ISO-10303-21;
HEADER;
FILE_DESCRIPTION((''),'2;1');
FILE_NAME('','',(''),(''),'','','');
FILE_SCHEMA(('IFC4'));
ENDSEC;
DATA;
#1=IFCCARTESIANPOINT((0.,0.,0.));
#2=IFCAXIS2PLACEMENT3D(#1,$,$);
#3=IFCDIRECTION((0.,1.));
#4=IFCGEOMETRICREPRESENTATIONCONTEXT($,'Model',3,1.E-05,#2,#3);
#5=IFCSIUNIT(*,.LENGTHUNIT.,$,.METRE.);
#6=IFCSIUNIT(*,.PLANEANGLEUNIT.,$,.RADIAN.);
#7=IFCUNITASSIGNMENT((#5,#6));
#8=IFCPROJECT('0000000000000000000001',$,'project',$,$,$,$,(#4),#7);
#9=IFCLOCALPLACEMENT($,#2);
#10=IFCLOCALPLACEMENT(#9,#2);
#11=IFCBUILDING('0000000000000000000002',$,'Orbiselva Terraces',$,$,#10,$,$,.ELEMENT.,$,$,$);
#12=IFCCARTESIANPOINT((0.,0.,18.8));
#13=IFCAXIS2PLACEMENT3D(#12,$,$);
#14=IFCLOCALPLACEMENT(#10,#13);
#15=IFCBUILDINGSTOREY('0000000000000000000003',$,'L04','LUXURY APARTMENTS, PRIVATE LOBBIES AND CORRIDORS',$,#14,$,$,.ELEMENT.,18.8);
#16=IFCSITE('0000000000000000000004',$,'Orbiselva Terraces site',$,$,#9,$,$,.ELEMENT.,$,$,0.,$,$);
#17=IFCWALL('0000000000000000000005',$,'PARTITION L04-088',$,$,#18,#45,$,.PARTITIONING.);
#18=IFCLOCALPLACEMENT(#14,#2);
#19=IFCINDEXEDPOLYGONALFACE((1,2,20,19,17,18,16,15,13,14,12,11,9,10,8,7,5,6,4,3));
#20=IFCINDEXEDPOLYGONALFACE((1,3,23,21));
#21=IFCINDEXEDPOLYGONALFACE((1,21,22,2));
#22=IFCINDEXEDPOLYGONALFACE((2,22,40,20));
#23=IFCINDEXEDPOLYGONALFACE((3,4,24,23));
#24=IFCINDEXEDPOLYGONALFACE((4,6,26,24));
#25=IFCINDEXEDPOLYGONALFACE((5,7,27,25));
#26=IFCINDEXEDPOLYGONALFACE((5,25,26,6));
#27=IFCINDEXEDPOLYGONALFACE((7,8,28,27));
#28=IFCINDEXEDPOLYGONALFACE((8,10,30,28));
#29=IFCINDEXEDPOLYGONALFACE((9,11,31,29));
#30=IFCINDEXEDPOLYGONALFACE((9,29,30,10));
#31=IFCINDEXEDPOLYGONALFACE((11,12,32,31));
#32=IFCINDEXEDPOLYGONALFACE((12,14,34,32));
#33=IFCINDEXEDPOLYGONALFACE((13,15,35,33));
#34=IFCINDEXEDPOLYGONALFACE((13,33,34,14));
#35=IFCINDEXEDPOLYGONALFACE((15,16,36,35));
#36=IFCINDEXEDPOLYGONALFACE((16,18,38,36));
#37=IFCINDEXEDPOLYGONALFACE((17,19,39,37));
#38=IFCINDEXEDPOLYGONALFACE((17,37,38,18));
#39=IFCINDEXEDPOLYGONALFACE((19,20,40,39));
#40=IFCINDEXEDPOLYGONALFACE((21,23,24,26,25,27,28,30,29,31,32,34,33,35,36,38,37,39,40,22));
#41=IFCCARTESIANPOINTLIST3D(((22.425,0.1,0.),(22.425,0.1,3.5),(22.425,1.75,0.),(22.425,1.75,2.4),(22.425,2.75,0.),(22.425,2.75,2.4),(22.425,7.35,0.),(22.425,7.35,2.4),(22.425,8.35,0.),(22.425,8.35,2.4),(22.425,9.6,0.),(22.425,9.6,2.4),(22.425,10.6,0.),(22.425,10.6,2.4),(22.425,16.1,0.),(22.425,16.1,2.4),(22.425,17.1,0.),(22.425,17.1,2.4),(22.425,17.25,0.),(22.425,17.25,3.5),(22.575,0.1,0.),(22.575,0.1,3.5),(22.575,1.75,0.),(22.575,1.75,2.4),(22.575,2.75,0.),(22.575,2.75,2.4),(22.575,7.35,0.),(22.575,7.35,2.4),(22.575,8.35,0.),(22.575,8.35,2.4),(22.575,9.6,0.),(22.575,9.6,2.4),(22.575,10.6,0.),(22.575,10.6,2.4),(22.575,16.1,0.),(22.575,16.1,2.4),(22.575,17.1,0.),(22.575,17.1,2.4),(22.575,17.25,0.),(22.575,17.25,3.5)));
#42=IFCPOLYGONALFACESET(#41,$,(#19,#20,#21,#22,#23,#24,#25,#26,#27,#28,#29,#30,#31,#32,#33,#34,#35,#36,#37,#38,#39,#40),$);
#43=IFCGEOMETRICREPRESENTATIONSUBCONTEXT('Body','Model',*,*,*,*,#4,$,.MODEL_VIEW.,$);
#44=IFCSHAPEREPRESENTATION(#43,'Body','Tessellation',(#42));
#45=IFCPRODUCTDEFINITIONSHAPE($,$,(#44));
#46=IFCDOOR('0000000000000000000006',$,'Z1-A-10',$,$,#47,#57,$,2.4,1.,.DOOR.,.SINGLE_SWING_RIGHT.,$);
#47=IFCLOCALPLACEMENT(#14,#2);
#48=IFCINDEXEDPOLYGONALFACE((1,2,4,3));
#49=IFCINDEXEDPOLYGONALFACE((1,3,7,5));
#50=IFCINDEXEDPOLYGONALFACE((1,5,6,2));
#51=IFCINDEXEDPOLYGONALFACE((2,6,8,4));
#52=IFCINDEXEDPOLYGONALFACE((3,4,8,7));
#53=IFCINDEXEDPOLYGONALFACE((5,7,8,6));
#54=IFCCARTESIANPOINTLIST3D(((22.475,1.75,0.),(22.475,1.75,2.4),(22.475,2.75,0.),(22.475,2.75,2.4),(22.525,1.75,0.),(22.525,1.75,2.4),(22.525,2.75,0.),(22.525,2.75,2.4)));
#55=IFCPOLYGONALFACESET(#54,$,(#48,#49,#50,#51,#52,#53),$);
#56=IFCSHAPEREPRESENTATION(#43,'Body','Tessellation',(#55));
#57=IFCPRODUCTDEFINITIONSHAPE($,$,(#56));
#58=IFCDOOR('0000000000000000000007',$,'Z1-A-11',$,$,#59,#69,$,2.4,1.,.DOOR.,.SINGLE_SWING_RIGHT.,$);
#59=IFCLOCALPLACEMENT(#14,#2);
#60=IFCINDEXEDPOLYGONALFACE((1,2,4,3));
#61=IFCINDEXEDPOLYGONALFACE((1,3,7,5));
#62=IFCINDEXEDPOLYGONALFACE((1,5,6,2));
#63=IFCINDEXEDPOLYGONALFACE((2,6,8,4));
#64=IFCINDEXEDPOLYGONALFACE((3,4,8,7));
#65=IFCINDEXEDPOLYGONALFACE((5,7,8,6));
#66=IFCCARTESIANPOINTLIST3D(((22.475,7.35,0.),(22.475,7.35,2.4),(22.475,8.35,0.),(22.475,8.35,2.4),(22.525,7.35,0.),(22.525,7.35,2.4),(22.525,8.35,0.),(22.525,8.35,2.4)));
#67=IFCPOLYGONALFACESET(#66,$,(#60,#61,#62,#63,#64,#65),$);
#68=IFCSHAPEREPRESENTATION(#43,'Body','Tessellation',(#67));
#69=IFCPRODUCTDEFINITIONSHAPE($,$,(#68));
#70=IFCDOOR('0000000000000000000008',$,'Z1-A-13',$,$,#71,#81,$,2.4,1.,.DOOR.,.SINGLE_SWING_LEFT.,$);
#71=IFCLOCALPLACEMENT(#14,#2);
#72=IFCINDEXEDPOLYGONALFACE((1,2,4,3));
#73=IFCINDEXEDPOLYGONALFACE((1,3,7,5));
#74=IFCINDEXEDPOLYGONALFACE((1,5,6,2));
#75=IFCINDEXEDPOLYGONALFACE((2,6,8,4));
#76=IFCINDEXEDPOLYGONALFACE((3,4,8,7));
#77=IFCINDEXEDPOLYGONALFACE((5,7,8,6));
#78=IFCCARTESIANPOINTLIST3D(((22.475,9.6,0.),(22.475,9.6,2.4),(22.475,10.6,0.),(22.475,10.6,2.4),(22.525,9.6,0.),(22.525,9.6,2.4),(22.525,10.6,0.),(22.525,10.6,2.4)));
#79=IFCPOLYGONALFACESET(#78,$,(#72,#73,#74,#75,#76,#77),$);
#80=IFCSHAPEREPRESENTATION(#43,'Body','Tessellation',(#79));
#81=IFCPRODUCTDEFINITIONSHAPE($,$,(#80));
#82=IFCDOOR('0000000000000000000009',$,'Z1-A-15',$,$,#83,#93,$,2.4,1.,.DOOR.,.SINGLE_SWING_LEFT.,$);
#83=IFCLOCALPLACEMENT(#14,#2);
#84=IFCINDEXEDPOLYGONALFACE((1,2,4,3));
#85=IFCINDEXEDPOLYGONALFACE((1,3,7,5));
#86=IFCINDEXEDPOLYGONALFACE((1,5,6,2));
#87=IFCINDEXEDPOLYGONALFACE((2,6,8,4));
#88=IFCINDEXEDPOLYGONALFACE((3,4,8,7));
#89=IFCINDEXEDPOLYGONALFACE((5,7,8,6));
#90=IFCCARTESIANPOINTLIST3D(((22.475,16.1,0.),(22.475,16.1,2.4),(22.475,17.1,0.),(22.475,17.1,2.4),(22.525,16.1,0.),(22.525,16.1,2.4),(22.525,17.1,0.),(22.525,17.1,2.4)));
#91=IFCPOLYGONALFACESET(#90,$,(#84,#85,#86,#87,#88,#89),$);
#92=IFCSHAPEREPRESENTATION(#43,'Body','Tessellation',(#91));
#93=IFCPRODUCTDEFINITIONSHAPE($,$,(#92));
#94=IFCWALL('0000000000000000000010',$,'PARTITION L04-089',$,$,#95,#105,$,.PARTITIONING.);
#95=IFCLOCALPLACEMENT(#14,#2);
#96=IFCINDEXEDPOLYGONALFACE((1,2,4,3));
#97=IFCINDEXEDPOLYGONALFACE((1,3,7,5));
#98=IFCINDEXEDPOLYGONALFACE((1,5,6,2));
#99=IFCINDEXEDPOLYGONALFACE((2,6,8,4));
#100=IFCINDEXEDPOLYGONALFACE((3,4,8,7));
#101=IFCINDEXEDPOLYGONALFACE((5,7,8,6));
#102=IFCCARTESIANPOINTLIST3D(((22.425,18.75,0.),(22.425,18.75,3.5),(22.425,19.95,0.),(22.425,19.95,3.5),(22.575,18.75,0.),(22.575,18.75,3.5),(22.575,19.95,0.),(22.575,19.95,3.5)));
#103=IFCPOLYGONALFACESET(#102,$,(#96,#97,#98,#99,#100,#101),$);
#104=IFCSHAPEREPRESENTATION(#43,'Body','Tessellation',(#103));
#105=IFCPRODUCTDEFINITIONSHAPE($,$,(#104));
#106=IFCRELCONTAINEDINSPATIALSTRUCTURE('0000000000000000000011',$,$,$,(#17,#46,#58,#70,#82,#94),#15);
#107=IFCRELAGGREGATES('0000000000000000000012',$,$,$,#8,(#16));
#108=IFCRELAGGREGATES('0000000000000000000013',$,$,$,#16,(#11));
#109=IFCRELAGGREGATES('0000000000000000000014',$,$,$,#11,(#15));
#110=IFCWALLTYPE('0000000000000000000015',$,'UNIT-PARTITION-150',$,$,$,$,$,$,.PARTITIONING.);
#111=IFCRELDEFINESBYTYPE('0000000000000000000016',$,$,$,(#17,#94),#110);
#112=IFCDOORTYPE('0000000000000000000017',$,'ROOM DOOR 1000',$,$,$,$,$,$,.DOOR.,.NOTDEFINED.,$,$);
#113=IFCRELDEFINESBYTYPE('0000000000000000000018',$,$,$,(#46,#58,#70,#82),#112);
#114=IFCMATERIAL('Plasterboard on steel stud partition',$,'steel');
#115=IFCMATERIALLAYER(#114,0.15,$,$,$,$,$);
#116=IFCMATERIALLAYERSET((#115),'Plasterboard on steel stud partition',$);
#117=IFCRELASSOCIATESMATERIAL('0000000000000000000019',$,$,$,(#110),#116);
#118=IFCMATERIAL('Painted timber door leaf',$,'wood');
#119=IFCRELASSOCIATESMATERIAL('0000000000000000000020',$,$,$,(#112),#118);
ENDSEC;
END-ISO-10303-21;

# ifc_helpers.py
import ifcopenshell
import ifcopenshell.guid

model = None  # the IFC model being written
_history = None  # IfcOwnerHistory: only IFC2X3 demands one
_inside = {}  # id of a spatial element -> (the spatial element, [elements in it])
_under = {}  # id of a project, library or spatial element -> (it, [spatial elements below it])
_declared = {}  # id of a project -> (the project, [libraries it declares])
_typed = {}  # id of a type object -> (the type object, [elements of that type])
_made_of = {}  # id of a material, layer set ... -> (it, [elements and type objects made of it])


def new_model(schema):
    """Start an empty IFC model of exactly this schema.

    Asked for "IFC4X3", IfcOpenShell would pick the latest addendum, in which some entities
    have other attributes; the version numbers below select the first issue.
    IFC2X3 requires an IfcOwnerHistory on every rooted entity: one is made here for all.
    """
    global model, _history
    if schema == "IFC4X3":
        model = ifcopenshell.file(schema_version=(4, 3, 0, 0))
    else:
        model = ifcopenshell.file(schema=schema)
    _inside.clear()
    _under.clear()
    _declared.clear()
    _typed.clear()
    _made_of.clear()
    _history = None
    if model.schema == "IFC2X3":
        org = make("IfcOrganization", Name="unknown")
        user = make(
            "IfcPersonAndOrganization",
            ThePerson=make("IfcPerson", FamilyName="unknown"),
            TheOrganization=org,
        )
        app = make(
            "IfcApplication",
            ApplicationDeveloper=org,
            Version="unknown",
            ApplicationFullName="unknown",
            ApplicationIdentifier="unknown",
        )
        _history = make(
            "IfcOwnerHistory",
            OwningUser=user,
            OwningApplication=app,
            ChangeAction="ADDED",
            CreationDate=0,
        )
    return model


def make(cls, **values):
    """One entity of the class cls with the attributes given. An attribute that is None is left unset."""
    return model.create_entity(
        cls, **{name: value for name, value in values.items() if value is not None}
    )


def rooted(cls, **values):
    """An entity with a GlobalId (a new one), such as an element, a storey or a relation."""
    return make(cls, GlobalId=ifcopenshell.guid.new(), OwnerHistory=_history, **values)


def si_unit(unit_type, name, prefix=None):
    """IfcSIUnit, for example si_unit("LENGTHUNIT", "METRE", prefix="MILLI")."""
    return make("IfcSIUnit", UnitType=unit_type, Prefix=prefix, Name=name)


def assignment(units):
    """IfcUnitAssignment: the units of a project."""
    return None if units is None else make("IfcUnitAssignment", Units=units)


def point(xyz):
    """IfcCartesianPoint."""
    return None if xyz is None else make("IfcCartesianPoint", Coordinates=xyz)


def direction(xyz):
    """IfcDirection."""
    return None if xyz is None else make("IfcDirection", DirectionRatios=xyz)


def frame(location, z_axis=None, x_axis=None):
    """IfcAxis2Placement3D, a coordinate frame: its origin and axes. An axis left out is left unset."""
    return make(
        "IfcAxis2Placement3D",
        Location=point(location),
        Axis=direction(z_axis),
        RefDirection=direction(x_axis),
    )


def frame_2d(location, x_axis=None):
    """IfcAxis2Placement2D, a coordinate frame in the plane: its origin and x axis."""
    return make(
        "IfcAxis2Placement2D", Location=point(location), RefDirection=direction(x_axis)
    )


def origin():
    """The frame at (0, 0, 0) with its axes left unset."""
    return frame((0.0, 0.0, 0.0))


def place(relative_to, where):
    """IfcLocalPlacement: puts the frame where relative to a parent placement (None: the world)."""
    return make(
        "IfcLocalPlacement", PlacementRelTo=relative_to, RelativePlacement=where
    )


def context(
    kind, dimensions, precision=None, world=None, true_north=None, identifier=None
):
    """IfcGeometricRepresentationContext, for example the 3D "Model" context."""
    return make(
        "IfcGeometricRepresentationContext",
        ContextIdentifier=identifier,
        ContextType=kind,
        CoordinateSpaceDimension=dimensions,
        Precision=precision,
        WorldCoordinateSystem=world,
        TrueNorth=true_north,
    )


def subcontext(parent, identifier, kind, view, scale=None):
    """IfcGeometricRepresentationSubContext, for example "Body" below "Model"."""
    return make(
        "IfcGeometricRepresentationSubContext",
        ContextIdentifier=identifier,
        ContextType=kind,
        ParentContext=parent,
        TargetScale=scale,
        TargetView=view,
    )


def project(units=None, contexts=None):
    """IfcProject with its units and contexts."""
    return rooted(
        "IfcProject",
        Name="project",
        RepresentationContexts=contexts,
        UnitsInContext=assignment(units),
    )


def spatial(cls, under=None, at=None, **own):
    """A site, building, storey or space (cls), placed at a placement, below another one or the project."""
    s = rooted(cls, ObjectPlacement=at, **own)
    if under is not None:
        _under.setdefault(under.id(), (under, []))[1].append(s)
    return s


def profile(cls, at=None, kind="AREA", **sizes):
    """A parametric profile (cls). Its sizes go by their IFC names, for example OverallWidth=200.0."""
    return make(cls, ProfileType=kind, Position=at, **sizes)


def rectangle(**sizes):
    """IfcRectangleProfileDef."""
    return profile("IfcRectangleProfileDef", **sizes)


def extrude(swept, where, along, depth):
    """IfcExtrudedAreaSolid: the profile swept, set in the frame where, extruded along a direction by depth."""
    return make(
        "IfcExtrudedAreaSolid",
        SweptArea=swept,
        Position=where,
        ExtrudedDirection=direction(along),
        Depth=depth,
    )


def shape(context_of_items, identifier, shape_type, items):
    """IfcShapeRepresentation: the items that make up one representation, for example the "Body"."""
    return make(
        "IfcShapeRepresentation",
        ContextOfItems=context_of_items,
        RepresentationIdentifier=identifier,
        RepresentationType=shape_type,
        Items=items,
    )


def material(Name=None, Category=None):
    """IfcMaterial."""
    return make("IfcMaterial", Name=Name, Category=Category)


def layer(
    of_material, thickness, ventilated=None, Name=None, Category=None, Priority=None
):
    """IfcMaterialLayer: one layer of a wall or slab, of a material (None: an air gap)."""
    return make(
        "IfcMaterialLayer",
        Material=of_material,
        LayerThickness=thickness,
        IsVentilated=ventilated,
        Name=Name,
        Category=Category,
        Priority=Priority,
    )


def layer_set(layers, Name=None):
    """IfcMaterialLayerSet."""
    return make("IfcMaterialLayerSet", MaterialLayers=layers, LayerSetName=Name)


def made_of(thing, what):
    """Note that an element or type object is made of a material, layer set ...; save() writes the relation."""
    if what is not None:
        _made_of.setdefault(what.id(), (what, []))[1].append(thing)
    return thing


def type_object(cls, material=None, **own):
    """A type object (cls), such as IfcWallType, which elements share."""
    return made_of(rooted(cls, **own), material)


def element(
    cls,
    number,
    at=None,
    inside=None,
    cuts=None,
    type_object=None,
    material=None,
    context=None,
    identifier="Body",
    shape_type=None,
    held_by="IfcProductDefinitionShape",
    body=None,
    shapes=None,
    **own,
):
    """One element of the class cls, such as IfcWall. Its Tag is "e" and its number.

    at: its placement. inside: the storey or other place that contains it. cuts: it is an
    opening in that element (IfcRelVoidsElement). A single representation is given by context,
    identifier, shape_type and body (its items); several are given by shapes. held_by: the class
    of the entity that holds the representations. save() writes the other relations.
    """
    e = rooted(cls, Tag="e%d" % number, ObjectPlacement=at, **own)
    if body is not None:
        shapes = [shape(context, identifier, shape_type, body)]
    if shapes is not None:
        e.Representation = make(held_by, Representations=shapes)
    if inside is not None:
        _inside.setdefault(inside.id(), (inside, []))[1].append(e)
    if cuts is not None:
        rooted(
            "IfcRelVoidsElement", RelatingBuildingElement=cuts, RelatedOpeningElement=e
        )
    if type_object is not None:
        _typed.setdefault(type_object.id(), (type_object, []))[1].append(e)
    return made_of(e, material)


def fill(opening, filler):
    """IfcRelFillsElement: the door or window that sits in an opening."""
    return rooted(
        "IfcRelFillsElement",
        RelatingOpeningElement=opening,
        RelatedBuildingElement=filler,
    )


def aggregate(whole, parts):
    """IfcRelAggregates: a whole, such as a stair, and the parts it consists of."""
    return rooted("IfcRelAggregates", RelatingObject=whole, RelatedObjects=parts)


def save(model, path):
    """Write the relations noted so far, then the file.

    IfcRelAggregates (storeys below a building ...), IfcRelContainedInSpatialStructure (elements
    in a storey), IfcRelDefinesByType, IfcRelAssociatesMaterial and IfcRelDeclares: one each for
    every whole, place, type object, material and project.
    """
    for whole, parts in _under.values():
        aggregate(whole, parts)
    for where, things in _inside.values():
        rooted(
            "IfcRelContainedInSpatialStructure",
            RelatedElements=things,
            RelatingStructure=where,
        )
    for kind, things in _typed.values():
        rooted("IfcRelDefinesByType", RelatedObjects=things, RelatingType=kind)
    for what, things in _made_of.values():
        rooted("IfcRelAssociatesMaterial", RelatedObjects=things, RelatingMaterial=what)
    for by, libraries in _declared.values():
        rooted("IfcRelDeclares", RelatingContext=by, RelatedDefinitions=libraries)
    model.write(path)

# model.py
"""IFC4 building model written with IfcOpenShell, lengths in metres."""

from ifc_helpers import new_model, si_unit, direction, frame, frame_2d, origin, place, context, subcontext, project, spatial, rectangle, extrude, material, layer, layer_set, type_object, element, fill, save


model = new_model("IFC4")

# Units and contexts
model_context = context("Model", 3, precision=1e-05, world=origin(), true_north=direction((0.0, 1.0)))
body_context = subcontext(model_context, "Body", "Model", "MODEL_VIEW")
ifc_project = project(units=[si_unit("LENGTHUNIT", "METRE"), si_unit("PLANEANGLEUNIT", "RADIAN")], contexts=[model_context])

# Site, building, storey
site_placement = place(None, origin())
site = spatial("IfcSite", under=ifc_project, at=site_placement, Name="Orbiselva Terraces site", CompositionType="ELEMENT", RefElevation=0.0)
building_placement = place(site_placement, origin())
building = spatial("IfcBuilding", under=site, at=building_placement, Name="Orbiselva Terraces", CompositionType="ELEMENT")
storey_placement = place(building_placement, frame((0.0, 0.0, 18.8)))
storey = spatial("IfcBuildingStorey", under=building, at=storey_placement, Name="L04", Description="LUXURY APARTMENTS, PRIVATE LOBBIES AND CORRIDORS", CompositionType="ELEMENT", Elevation=18.8)

# Shared definitions
ifc_material_1 = material(Name="Plasterboard on steel stud partition", Category="steel")
ifc_material_2 = material(Name="Painted timber door leaf", Category="wood")
ifc_layer_1 = layer(ifc_material_1, 0.15)
ifc_layer_set_1 = layer_set([ifc_layer_1], Name="Plasterboard on steel stud partition")
wall_type_1 = type_object("IfcWallType", Name="UNIT-PARTITION-150", PredefinedType="PARTITIONING", material=ifc_layer_set_1)

# Wall, openings, doors
wall_1_placement = place(storey_placement, frame((22.5, 17.25, 0.0), z_axis=(0.0, 0.0, 1.0), x_axis=(0.0, -1.0, 0.0)))
wall_1 = element("IfcWall", 1, at=wall_1_placement, inside=storey, type_object=wall_type_1, Name="PARTITION L04-088", PredefinedType="PARTITIONING", context=body_context, shape_type="SweptSolid", body=[
    extrude(rectangle(XDim=17.15, YDim=0.15, at=frame_2d((8.575, 0.0))), origin(), (0.0, 0.0, 1.0), 3.5),
])
opening_1_placement = place(wall_1_placement, frame((14.5, 0.0, 0.0)))
opening_1 = element("IfcOpeningElement", 2, at=opening_1_placement, cuts=wall_1, PredefinedType="OPENING", context=body_context, shape_type="SweptSolid", body=[
    extrude(rectangle(XDim=1.0, YDim=2.4, at=frame_2d((0.5, 1.2))), frame((0.0, 0.085, 0.0), z_axis=(0.0, -1.0, 0.0), x_axis=(1.0, 0.0, 0.0)), (0.0, 0.0, 1.0), 0.17),
])
opening_2_placement = place(wall_1_placement, frame((8.9, 0.0, 0.0)))
opening_2 = element("IfcOpeningElement", 3, at=opening_2_placement, cuts=wall_1, PredefinedType="OPENING", context=body_context, shape_type="SweptSolid", body=[
    extrude(rectangle(XDim=1.0, YDim=2.4, at=frame_2d((0.5, 1.2))), frame((0.0, 0.085, 0.0), z_axis=(0.0, -1.0, 0.0), x_axis=(1.0, 0.0, 0.0)), (0.0, 0.0, 1.0), 0.17),
])
opening_3_placement = place(wall_1_placement, frame((6.65, 0.0, 0.0)))
opening_3 = element("IfcOpeningElement", 4, at=opening_3_placement, cuts=wall_1, PredefinedType="OPENING", context=body_context, shape_type="SweptSolid", body=[
    extrude(rectangle(XDim=1.0, YDim=2.4, at=frame_2d((0.5, 1.2))), frame((0.0, 0.085, 0.0), z_axis=(0.0, -1.0, 0.0), x_axis=(1.0, 0.0, 0.0)), (0.0, 0.0, 1.0), 0.17),
])
opening_4_placement = place(wall_1_placement, frame((0.15, 0.0, 0.0)))
opening_4 = element("IfcOpeningElement", 5, at=opening_4_placement, cuts=wall_1, PredefinedType="OPENING", context=body_context, shape_type="SweptSolid", body=[
    extrude(rectangle(XDim=1.0, YDim=2.4, at=frame_2d((0.5, 1.2))), frame((0.0, 0.085, 0.0), z_axis=(0.0, -1.0, 0.0), x_axis=(1.0, 0.0, 0.0)), (0.0, 0.0, 1.0), 0.17),
])
door_type_1 = type_object("IfcDoorType", Name="ROOM DOOR 1000", OperationType="NOTDEFINED", PredefinedType="DOOR", material=ifc_material_2)
door_1_placement = place(opening_1_placement, origin())
door_1 = element("IfcDoor", 6, at=door_1_placement, inside=storey, type_object=door_type_1, Name="Z1-A-10", OperationType="SINGLE_SWING_RIGHT", OverallHeight=2.4, OverallWidth=1.0, PredefinedType="DOOR", context=body_context, shape_type="SweptSolid", body=[
    extrude(rectangle(XDim=1.0, YDim=2.4, at=frame_2d((0.5, 1.2))), frame((0.0, 0.025, 0.0), z_axis=(0.0, -1.0, 0.0), x_axis=(1.0, 0.0, 0.0)), (0.0, 0.0, 1.0), 0.05),
])
fill(opening_1, door_1)
door_2_placement = place(opening_2_placement, origin())
door_2 = element("IfcDoor", 7, at=door_2_placement, inside=storey, type_object=door_type_1, Name="Z1-A-11", OperationType="SINGLE_SWING_RIGHT", OverallHeight=2.4, OverallWidth=1.0, PredefinedType="DOOR", context=body_context, shape_type="SweptSolid", body=[
    extrude(rectangle(XDim=1.0, YDim=2.4, at=frame_2d((0.5, 1.2))), frame((0.0, 0.025, 0.0), z_axis=(0.0, -1.0, 0.0), x_axis=(1.0, 0.0, 0.0)), (0.0, 0.0, 1.0), 0.05),
])
fill(opening_2, door_2)
door_3_placement = place(opening_3_placement, origin())
door_3 = element("IfcDoor", 8, at=door_3_placement, inside=storey, type_object=door_type_1, Name="Z1-A-13", OperationType="SINGLE_SWING_LEFT", OverallHeight=2.4, OverallWidth=1.0, PredefinedType="DOOR", context=body_context, shape_type="SweptSolid", body=[
    extrude(rectangle(XDim=1.0, YDim=2.4, at=frame_2d((0.5, 1.2))), frame((0.0, 0.025, 0.0), z_axis=(0.0, -1.0, 0.0), x_axis=(1.0, 0.0, 0.0)), (0.0, 0.0, 1.0), 0.05),
])
fill(opening_3, door_3)
door_4_placement = place(opening_4_placement, origin())
door_4 = element("IfcDoor", 9, at=door_4_placement, inside=storey, type_object=door_type_1, Name="Z1-A-15", OperationType="SINGLE_SWING_LEFT", OverallHeight=2.4, OverallWidth=1.0, PredefinedType="DOOR", context=body_context, shape_type="SweptSolid", body=[
    extrude(rectangle(XDim=1.0, YDim=2.4, at=frame_2d((0.5, 1.2))), frame((0.0, 0.025, 0.0), z_axis=(0.0, -1.0, 0.0), x_axis=(1.0, 0.0, 0.0)), (0.0, 0.0, 1.0), 0.05),
])
fill(opening_4, door_4)

# Wall
wall_2_placement = place(storey_placement, frame((22.5, 18.75, 0.0), z_axis=(0.0, 0.0, 1.0), x_axis=(0.0, 1.0, 0.0)))
element("IfcWall", 10, at=wall_2_placement, inside=storey, type_object=wall_type_1, Name="PARTITION L04-089", PredefinedType="PARTITIONING", context=body_context, shape_type="SweptSolid", body=[
    extrude(rectangle(XDim=1.2, YDim=0.15, at=frame_2d((0.6, 0.0))), origin(), (0.0, 0.0, 1.0), 3.5),
])

save(model, "model.ifc")
